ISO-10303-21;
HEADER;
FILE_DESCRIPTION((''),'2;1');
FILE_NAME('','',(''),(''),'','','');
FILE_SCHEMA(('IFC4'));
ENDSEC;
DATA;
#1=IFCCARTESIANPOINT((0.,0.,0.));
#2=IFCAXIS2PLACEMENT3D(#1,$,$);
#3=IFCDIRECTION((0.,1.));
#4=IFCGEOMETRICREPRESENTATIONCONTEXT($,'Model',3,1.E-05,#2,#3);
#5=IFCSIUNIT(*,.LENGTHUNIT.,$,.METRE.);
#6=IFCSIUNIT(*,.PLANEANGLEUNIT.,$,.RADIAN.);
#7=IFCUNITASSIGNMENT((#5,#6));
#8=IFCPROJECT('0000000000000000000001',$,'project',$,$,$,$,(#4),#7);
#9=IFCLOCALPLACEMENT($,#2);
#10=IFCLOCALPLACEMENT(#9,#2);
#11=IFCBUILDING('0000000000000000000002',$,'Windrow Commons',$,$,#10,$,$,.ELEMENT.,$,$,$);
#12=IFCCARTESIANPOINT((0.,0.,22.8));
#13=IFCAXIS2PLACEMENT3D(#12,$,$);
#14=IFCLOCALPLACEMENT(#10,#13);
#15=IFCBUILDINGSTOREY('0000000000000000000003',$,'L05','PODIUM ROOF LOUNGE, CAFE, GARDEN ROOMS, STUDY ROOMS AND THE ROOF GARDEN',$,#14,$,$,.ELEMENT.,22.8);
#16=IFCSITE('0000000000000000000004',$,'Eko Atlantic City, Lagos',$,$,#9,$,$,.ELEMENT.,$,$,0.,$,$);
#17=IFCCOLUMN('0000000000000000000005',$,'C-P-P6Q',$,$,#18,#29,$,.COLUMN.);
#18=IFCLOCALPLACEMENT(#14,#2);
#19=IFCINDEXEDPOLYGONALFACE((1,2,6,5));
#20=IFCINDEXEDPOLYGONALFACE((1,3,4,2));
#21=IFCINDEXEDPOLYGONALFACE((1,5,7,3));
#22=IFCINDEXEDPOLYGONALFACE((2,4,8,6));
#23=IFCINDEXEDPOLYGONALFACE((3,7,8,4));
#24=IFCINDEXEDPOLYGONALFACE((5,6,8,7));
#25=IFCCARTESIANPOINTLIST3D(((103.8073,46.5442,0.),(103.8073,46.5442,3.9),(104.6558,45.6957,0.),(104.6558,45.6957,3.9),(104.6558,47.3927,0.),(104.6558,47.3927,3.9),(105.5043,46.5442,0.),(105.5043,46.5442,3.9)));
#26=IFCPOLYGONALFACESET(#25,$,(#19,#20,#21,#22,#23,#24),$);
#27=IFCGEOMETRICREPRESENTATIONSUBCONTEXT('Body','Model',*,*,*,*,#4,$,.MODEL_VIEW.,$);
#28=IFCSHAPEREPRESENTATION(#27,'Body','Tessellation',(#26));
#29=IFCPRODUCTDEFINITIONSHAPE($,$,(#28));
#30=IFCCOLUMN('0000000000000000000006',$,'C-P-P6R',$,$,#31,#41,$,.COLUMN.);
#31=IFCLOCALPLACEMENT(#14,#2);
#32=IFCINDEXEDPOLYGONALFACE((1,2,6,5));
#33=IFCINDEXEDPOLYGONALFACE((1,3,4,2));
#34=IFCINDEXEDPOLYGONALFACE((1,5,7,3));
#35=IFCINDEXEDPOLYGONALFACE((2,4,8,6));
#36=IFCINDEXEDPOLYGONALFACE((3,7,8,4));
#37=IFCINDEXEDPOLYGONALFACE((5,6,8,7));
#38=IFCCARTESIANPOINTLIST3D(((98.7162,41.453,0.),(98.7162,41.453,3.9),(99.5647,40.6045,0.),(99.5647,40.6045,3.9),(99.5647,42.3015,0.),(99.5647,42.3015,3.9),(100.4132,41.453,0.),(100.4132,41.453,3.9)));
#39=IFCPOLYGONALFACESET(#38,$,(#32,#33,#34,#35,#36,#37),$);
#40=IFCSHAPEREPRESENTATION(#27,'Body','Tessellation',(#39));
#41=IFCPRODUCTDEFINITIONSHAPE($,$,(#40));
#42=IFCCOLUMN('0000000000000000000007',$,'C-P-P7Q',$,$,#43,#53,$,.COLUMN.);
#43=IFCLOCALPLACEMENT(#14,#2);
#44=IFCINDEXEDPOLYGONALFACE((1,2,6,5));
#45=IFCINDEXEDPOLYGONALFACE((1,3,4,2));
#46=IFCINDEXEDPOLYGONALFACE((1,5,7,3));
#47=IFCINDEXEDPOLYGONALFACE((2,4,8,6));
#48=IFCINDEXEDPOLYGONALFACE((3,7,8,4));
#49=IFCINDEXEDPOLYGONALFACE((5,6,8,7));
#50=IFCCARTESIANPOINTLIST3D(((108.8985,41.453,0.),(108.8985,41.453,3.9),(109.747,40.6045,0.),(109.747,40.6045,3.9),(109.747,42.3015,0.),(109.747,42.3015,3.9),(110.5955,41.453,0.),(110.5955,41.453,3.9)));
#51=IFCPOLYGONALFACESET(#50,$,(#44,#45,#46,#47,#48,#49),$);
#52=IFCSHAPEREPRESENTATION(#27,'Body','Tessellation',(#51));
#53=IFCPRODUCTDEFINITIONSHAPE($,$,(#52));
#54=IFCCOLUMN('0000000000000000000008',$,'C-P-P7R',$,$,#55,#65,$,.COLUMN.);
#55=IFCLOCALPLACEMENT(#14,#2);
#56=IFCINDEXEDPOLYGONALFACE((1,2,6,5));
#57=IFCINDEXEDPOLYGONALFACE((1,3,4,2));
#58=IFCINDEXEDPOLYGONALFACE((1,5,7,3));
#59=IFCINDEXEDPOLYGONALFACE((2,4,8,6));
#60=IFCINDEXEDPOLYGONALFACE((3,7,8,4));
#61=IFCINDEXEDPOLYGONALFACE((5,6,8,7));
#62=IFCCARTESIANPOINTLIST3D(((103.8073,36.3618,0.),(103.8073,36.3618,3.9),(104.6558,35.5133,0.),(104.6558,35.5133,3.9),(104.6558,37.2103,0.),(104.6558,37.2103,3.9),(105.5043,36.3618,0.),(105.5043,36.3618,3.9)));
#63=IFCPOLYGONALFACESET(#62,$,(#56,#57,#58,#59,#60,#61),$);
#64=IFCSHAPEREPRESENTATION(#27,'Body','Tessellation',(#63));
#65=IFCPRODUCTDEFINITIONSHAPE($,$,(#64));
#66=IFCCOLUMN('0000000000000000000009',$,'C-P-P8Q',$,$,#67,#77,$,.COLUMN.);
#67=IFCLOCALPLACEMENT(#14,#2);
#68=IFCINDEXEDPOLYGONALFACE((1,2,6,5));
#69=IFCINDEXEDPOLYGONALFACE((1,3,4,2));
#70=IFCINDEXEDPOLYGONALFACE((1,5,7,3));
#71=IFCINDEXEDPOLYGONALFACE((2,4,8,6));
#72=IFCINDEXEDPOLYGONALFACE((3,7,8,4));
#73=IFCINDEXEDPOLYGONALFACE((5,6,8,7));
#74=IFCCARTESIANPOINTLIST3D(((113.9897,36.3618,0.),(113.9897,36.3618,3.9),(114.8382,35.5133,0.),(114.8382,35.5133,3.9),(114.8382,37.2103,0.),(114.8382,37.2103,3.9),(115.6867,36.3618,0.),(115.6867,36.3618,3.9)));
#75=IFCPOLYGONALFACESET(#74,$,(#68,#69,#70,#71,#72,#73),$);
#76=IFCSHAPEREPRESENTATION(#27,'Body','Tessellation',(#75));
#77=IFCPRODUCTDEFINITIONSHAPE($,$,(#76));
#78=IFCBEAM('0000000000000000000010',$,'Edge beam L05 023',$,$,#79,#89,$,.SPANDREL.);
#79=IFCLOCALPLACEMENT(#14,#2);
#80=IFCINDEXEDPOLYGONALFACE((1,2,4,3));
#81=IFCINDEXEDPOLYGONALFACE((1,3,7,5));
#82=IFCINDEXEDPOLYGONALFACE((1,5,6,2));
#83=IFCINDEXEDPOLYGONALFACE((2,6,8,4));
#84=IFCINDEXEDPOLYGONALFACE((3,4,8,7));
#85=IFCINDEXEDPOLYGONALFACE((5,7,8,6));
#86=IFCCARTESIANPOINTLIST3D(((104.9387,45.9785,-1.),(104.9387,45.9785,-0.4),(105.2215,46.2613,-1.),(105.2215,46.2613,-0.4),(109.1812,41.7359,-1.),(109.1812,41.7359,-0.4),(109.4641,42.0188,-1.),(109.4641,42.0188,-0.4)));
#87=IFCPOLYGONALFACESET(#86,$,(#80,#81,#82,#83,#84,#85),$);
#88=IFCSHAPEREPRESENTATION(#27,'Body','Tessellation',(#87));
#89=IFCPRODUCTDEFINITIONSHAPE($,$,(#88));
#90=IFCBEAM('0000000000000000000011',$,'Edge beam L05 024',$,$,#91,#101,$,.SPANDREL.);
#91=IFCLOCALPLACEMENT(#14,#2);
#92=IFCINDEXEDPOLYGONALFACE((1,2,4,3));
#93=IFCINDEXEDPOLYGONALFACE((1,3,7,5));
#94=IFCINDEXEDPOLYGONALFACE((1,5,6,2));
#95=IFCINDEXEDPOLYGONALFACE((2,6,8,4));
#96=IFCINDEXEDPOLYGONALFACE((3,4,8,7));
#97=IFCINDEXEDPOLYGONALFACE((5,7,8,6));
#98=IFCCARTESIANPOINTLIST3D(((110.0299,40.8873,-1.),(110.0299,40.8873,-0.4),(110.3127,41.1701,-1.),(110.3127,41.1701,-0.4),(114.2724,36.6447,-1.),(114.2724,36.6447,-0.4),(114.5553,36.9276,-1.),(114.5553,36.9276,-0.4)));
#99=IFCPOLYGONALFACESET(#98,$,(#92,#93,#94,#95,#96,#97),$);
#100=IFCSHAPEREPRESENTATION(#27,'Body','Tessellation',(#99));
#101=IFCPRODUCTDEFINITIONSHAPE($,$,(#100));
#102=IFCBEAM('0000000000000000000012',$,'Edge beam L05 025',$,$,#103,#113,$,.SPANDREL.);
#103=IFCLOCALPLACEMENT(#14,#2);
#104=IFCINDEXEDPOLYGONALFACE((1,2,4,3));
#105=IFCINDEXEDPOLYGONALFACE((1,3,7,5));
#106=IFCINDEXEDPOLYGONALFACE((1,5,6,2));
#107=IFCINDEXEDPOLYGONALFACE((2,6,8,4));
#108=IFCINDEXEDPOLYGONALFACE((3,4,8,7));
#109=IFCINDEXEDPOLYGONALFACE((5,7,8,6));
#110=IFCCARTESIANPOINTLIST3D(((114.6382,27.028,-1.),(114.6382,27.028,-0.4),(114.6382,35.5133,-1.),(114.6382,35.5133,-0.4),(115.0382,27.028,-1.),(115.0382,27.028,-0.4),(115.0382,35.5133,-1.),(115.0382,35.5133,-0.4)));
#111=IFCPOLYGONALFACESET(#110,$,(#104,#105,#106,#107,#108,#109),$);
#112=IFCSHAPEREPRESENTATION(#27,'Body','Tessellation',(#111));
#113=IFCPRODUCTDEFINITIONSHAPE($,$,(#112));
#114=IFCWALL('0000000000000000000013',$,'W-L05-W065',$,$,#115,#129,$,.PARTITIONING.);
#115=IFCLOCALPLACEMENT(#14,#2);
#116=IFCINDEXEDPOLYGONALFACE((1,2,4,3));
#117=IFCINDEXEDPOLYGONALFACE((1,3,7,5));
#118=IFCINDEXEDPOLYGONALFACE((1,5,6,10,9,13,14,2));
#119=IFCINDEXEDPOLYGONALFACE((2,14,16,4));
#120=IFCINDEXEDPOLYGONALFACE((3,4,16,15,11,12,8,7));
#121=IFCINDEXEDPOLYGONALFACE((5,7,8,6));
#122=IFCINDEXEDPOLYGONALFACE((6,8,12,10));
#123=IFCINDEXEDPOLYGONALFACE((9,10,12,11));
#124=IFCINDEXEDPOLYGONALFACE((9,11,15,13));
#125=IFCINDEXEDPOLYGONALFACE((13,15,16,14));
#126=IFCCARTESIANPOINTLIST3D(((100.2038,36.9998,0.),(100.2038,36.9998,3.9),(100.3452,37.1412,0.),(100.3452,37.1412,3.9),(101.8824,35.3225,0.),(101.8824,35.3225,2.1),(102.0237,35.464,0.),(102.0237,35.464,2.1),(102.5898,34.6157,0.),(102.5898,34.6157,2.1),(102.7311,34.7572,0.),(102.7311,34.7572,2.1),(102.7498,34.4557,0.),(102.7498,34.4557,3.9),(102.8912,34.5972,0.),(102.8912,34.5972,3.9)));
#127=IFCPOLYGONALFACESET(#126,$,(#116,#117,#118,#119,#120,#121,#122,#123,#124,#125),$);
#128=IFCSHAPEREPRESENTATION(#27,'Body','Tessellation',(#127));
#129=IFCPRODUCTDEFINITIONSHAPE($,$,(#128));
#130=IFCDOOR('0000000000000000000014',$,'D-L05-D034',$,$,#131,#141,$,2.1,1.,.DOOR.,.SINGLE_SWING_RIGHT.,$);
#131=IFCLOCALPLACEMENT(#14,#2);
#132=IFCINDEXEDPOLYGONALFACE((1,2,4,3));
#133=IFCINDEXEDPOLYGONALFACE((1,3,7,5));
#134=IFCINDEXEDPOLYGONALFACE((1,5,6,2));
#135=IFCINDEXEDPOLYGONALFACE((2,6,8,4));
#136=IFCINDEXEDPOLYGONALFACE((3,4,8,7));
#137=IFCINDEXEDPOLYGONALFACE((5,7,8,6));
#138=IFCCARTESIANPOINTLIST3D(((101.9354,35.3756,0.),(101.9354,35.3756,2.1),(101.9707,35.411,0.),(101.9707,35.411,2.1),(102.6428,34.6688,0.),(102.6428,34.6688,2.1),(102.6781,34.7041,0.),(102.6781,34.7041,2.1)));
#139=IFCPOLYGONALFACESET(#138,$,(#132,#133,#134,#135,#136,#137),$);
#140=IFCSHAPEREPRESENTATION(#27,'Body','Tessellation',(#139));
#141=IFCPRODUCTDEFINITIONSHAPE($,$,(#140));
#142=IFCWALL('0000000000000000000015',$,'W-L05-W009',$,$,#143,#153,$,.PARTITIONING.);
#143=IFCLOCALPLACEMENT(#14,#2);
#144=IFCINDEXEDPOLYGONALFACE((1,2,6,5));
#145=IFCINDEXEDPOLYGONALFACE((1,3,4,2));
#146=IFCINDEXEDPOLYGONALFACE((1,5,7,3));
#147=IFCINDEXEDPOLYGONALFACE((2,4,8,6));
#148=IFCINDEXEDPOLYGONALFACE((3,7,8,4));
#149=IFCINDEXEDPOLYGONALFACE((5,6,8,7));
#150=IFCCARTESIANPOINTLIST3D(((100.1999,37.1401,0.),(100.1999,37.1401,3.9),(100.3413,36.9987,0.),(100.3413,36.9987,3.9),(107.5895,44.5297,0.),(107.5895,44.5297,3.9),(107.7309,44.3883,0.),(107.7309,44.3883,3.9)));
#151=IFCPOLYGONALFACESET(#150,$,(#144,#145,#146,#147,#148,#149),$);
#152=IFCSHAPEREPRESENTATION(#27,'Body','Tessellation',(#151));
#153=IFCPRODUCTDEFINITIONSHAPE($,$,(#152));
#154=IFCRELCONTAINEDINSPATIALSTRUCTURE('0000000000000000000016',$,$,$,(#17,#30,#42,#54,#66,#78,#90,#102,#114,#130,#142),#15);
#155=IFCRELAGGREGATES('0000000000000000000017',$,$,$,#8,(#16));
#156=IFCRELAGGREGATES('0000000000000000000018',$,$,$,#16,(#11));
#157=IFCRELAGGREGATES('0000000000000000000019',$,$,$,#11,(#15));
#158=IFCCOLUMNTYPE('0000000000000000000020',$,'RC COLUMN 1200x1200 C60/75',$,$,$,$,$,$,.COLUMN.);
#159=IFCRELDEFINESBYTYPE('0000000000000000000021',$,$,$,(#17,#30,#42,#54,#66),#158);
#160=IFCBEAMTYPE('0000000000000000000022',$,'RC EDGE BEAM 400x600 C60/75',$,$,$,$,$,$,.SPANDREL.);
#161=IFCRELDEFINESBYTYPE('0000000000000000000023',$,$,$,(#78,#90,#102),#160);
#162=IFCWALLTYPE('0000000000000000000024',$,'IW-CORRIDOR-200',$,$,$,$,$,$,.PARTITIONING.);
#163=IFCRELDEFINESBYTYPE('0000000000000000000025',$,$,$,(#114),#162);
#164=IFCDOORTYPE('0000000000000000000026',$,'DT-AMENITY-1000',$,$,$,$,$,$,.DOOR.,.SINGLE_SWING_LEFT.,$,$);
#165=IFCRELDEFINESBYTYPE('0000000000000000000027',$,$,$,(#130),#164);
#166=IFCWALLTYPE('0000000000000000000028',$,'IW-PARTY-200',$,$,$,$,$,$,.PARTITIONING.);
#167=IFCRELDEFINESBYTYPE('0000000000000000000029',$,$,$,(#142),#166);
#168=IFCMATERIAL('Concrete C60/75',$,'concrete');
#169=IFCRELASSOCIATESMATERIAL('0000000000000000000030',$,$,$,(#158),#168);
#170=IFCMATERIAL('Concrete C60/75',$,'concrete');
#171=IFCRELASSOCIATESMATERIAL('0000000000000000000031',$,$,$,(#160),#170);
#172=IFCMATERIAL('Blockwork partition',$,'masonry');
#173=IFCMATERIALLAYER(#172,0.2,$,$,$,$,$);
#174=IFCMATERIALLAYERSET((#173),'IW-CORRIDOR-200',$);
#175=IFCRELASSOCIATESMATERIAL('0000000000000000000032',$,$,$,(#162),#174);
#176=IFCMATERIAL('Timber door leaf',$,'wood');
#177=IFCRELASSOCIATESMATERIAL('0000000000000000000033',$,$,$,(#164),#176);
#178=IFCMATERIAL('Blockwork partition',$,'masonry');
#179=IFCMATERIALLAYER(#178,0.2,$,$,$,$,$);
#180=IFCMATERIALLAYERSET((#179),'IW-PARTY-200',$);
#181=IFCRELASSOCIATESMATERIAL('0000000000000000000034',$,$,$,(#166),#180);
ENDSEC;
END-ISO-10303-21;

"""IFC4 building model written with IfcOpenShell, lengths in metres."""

from ifc_helpers import new_model, si_unit, direction, frame, frame_2d, origin, origin_2d, place, context, subcontext, project, spatial, rectangle, extrude, material, layer, layer_set, material_profile, profile_set, type_object, element, fill, save


model = new_model("IFC4")

# Units and contexts
model_context = context("Model", 3, precision=1e-05, world=origin(), true_north=direction((0.0, 1.0)))
body_context = subcontext(model_context, "Body", "Model", "MODEL_VIEW")
ifc_project = project(units=[si_unit("LENGTHUNIT", "METRE"), si_unit("PLANEANGLEUNIT", "RADIAN")], contexts=[model_context])

# Site, building, storey
site_placement = place(None, origin())
site = spatial("IfcSite", under=ifc_project, at=site_placement, Name="Eko Atlantic City, Lagos", CompositionType="ELEMENT", RefElevation=0.0)
building_placement = place(site_placement, origin())
building = spatial("IfcBuilding", under=site, at=building_placement, Name="Windrow Commons", CompositionType="ELEMENT")
storey_placement = place(building_placement, frame((0.0, 0.0, 22.8)))
storey = spatial("IfcBuildingStorey", under=building, at=storey_placement, Name="L05", Description="PODIUM ROOF LOUNGE, CAFE, GARDEN ROOMS, STUDY ROOMS AND THE ROOF GARDEN", CompositionType="ELEMENT", Elevation=22.8)

# Columns
ifc_material_1 = material(Name="Concrete C60/75", Category="concrete")
ifc_material_profile_1 = material_profile(ifc_material_1, rectangle(XDim=1.2, YDim=1.2, at=origin_2d()))
ifc_profile_set_1 = profile_set([ifc_material_profile_1], Name="Concrete C60/75")
column_type = type_object("IfcColumnType", Name="RC COLUMN 1200x1200 C60/75", PredefinedType="COLUMN", material=ifc_profile_set_1)
for number, where, z_axis, x_axis, name in (
    (1, (104.6558, 46.5442, 0.0), (0.0, 0.0, 1.0), (0.707107, -0.707107, 0.0), "C-P-P6Q"),
    (2, (99.5647, 41.453, 0.0), (0.0, 0.0, 1.0), (0.707107, -0.707107, 0.0), "C-P-P6R"),
    (3, (109.747, 41.453, 0.0), (0.0, 0.0, 1.0), (0.707107, -0.707107, 0.0), "C-P-P7Q"),
    (4, (104.6558, 36.3618, 0.0), (0.0, 0.0, 1.0), (0.707107, -0.707107, 0.0), "C-P-P7R"),
    (5, (114.8382, 36.3618, 0.0), (0.0, 0.0, 1.0), (0.707107, -0.707107, 0.0), "C-P-P8Q"),
):
    element("IfcColumn", number, at=place(storey_placement, frame(where, z_axis=z_axis, x_axis=x_axis)), inside=storey, type_object=column_type, Name=name, PredefinedType="COLUMN", context=body_context, shape_type="SweptSolid", body=[
        extrude(rectangle(XDim=1.2, YDim=1.2, at=origin_2d()), origin(), (0.0, 0.0, 1.0), 3.9),
    ])

# Beams
ifc_material_2 = material(Name="Concrete C60/75", Category="concrete")
ifc_material_profile_2 = material_profile(ifc_material_2, rectangle(XDim=0.4, YDim=0.6, at=origin_2d()))
ifc_profile_set_2 = profile_set([ifc_material_profile_2], Name="Concrete C60/75")
beam_type = type_object("IfcBeamType", Name="RC EDGE BEAM 400x600 C60/75", PredefinedType="SPANDREL", material=ifc_profile_set_2)
for number, where, z_axis, x_axis, name in (
    (6, (105.0801, 46.1199, -0.7), (0.707107, -0.707107, 0.0), (0.707107, 0.707107, 0.0), "Edge beam L05 023"),
    (7, (110.1713, 41.0287, -0.7), (0.707107, -0.707107, 0.0), (0.707107, 0.707107, 0.0), "Edge beam L05 024"),
):
    element("IfcBeam", number, at=place(storey_placement, frame(where, z_axis=z_axis, x_axis=x_axis)), inside=storey, type_object=beam_type, Name=name, PredefinedType="SPANDREL", context=body_context, shape_type="SweptSolid", body=[
        extrude(rectangle(XDim=0.4, YDim=0.6, at=origin_2d()), origin(), (0.0, 0.0, 1.0), 5.9999),
    ])
beam_placement = place(storey_placement, frame((114.8382, 35.5133, -0.7), z_axis=(0.0, -1.0, 0.0), x_axis=(1.0, 0.0, 0.0)))
element("IfcBeam", 8, at=beam_placement, inside=storey, type_object=beam_type, Name="Edge beam L05 025", PredefinedType="SPANDREL", context=body_context, shape_type="SweptSolid", body=[
    extrude(rectangle(XDim=0.4, YDim=0.6, at=origin_2d()), origin(), (0.0, 0.0, 1.0), 8.4853),
])

# Wall, opening, door
ifc_material_3 = material(Name="Blockwork partition", Category="masonry")
ifc_layer_1 = layer(ifc_material_3, 0.2)
ifc_layer_set_1 = layer_set([ifc_layer_1], Name="IW-CORRIDOR-200")
wall_type_1 = type_object("IfcWallType", Name="IW-CORRIDOR-200", PredefinedType="PARTITIONING", material=ifc_layer_set_1)
wall_1_placement = place(storey_placement, frame((100.2745, 37.0705, 0.0), z_axis=(0.0, 0.0, 1.0), x_axis=(0.707385, -0.706829, 0.0)))
wall_1 = element("IfcWall", 9, at=wall_1_placement, inside=storey, type_object=wall_type_1, Name="W-L05-W065", PredefinedType="PARTITIONING", context=body_context, shape_type="SweptSolid", body=[
    extrude(rectangle(XDim=3.5992, YDim=0.2, at=frame_2d((1.7996, 0.0))), origin(), (0.0, 0.0, 1.0), 3.9),
])
opening_placement = place(wall_1_placement, frame((2.3729, 0.0, 0.0)))
opening = element("IfcOpeningElement", 10, at=opening_placement, cuts=wall_1, PredefinedType="OPENING", context=body_context, shape_type="SweptSolid", body=[
    extrude(rectangle(XDim=1.0, YDim=2.1, at=frame_2d((0.5, 1.05))), frame((0.0, 0.11, 0.0), z_axis=(0.0, -1.0, 0.0), x_axis=(1.0, 0.0, 0.0)), (0.0, 0.0, 1.0), 0.22),
])
ifc_material_4 = material(Name="Timber door leaf", Category="wood")
door_type = type_object("IfcDoorType", Name="DT-AMENITY-1000", OperationType="SINGLE_SWING_LEFT", PredefinedType="DOOR", material=ifc_material_4)
door_placement = place(opening_placement, origin())
door = element("IfcDoor", 11, at=door_placement, inside=storey, type_object=door_type, Name="D-L05-D034", OperationType="SINGLE_SWING_RIGHT", OverallHeight=2.1, OverallWidth=1.0, PredefinedType="DOOR", context=body_context, shape_type="SweptSolid", body=[
    extrude(rectangle(XDim=1.0, YDim=2.1, at=frame_2d((0.5, 1.05))), frame((0.0, 0.025, 0.0), z_axis=(0.0, -1.0, 0.0), x_axis=(1.0, 0.0, 0.0)), (0.0, 0.0, 1.0), 0.05),
])
fill(opening, door)

# Wall
ifc_material_5 = material(Name="Blockwork partition", Category="masonry")
ifc_layer_2 = layer(ifc_material_5, 0.2)
ifc_layer_set_2 = layer_set([ifc_layer_2], Name="IW-PARTY-200")
wall_type_2 = type_object("IfcWallType", Name="IW-PARTY-200", PredefinedType="PARTITIONING", material=ifc_layer_set_2)
wall_2_placement = place(storey_placement, frame((100.2706, 37.0694, 0.0), z_axis=(0.0, 0.0, 1.0), x_axis=(0.707107, 0.707107, 0.0)))
element("IfcWall", 12, at=wall_2_placement, inside=storey, type_object=wall_type_2, Name="W-L05-W009", PredefinedType="PARTITIONING", context=body_context, shape_type="SweptSolid", body=[
    extrude(rectangle(XDim=10.4505, YDim=0.2, at=frame_2d((5.2252, 0.0))), origin(), (0.0, 0.0, 1.0), 3.9),
])

save(model, "model.ifc")
